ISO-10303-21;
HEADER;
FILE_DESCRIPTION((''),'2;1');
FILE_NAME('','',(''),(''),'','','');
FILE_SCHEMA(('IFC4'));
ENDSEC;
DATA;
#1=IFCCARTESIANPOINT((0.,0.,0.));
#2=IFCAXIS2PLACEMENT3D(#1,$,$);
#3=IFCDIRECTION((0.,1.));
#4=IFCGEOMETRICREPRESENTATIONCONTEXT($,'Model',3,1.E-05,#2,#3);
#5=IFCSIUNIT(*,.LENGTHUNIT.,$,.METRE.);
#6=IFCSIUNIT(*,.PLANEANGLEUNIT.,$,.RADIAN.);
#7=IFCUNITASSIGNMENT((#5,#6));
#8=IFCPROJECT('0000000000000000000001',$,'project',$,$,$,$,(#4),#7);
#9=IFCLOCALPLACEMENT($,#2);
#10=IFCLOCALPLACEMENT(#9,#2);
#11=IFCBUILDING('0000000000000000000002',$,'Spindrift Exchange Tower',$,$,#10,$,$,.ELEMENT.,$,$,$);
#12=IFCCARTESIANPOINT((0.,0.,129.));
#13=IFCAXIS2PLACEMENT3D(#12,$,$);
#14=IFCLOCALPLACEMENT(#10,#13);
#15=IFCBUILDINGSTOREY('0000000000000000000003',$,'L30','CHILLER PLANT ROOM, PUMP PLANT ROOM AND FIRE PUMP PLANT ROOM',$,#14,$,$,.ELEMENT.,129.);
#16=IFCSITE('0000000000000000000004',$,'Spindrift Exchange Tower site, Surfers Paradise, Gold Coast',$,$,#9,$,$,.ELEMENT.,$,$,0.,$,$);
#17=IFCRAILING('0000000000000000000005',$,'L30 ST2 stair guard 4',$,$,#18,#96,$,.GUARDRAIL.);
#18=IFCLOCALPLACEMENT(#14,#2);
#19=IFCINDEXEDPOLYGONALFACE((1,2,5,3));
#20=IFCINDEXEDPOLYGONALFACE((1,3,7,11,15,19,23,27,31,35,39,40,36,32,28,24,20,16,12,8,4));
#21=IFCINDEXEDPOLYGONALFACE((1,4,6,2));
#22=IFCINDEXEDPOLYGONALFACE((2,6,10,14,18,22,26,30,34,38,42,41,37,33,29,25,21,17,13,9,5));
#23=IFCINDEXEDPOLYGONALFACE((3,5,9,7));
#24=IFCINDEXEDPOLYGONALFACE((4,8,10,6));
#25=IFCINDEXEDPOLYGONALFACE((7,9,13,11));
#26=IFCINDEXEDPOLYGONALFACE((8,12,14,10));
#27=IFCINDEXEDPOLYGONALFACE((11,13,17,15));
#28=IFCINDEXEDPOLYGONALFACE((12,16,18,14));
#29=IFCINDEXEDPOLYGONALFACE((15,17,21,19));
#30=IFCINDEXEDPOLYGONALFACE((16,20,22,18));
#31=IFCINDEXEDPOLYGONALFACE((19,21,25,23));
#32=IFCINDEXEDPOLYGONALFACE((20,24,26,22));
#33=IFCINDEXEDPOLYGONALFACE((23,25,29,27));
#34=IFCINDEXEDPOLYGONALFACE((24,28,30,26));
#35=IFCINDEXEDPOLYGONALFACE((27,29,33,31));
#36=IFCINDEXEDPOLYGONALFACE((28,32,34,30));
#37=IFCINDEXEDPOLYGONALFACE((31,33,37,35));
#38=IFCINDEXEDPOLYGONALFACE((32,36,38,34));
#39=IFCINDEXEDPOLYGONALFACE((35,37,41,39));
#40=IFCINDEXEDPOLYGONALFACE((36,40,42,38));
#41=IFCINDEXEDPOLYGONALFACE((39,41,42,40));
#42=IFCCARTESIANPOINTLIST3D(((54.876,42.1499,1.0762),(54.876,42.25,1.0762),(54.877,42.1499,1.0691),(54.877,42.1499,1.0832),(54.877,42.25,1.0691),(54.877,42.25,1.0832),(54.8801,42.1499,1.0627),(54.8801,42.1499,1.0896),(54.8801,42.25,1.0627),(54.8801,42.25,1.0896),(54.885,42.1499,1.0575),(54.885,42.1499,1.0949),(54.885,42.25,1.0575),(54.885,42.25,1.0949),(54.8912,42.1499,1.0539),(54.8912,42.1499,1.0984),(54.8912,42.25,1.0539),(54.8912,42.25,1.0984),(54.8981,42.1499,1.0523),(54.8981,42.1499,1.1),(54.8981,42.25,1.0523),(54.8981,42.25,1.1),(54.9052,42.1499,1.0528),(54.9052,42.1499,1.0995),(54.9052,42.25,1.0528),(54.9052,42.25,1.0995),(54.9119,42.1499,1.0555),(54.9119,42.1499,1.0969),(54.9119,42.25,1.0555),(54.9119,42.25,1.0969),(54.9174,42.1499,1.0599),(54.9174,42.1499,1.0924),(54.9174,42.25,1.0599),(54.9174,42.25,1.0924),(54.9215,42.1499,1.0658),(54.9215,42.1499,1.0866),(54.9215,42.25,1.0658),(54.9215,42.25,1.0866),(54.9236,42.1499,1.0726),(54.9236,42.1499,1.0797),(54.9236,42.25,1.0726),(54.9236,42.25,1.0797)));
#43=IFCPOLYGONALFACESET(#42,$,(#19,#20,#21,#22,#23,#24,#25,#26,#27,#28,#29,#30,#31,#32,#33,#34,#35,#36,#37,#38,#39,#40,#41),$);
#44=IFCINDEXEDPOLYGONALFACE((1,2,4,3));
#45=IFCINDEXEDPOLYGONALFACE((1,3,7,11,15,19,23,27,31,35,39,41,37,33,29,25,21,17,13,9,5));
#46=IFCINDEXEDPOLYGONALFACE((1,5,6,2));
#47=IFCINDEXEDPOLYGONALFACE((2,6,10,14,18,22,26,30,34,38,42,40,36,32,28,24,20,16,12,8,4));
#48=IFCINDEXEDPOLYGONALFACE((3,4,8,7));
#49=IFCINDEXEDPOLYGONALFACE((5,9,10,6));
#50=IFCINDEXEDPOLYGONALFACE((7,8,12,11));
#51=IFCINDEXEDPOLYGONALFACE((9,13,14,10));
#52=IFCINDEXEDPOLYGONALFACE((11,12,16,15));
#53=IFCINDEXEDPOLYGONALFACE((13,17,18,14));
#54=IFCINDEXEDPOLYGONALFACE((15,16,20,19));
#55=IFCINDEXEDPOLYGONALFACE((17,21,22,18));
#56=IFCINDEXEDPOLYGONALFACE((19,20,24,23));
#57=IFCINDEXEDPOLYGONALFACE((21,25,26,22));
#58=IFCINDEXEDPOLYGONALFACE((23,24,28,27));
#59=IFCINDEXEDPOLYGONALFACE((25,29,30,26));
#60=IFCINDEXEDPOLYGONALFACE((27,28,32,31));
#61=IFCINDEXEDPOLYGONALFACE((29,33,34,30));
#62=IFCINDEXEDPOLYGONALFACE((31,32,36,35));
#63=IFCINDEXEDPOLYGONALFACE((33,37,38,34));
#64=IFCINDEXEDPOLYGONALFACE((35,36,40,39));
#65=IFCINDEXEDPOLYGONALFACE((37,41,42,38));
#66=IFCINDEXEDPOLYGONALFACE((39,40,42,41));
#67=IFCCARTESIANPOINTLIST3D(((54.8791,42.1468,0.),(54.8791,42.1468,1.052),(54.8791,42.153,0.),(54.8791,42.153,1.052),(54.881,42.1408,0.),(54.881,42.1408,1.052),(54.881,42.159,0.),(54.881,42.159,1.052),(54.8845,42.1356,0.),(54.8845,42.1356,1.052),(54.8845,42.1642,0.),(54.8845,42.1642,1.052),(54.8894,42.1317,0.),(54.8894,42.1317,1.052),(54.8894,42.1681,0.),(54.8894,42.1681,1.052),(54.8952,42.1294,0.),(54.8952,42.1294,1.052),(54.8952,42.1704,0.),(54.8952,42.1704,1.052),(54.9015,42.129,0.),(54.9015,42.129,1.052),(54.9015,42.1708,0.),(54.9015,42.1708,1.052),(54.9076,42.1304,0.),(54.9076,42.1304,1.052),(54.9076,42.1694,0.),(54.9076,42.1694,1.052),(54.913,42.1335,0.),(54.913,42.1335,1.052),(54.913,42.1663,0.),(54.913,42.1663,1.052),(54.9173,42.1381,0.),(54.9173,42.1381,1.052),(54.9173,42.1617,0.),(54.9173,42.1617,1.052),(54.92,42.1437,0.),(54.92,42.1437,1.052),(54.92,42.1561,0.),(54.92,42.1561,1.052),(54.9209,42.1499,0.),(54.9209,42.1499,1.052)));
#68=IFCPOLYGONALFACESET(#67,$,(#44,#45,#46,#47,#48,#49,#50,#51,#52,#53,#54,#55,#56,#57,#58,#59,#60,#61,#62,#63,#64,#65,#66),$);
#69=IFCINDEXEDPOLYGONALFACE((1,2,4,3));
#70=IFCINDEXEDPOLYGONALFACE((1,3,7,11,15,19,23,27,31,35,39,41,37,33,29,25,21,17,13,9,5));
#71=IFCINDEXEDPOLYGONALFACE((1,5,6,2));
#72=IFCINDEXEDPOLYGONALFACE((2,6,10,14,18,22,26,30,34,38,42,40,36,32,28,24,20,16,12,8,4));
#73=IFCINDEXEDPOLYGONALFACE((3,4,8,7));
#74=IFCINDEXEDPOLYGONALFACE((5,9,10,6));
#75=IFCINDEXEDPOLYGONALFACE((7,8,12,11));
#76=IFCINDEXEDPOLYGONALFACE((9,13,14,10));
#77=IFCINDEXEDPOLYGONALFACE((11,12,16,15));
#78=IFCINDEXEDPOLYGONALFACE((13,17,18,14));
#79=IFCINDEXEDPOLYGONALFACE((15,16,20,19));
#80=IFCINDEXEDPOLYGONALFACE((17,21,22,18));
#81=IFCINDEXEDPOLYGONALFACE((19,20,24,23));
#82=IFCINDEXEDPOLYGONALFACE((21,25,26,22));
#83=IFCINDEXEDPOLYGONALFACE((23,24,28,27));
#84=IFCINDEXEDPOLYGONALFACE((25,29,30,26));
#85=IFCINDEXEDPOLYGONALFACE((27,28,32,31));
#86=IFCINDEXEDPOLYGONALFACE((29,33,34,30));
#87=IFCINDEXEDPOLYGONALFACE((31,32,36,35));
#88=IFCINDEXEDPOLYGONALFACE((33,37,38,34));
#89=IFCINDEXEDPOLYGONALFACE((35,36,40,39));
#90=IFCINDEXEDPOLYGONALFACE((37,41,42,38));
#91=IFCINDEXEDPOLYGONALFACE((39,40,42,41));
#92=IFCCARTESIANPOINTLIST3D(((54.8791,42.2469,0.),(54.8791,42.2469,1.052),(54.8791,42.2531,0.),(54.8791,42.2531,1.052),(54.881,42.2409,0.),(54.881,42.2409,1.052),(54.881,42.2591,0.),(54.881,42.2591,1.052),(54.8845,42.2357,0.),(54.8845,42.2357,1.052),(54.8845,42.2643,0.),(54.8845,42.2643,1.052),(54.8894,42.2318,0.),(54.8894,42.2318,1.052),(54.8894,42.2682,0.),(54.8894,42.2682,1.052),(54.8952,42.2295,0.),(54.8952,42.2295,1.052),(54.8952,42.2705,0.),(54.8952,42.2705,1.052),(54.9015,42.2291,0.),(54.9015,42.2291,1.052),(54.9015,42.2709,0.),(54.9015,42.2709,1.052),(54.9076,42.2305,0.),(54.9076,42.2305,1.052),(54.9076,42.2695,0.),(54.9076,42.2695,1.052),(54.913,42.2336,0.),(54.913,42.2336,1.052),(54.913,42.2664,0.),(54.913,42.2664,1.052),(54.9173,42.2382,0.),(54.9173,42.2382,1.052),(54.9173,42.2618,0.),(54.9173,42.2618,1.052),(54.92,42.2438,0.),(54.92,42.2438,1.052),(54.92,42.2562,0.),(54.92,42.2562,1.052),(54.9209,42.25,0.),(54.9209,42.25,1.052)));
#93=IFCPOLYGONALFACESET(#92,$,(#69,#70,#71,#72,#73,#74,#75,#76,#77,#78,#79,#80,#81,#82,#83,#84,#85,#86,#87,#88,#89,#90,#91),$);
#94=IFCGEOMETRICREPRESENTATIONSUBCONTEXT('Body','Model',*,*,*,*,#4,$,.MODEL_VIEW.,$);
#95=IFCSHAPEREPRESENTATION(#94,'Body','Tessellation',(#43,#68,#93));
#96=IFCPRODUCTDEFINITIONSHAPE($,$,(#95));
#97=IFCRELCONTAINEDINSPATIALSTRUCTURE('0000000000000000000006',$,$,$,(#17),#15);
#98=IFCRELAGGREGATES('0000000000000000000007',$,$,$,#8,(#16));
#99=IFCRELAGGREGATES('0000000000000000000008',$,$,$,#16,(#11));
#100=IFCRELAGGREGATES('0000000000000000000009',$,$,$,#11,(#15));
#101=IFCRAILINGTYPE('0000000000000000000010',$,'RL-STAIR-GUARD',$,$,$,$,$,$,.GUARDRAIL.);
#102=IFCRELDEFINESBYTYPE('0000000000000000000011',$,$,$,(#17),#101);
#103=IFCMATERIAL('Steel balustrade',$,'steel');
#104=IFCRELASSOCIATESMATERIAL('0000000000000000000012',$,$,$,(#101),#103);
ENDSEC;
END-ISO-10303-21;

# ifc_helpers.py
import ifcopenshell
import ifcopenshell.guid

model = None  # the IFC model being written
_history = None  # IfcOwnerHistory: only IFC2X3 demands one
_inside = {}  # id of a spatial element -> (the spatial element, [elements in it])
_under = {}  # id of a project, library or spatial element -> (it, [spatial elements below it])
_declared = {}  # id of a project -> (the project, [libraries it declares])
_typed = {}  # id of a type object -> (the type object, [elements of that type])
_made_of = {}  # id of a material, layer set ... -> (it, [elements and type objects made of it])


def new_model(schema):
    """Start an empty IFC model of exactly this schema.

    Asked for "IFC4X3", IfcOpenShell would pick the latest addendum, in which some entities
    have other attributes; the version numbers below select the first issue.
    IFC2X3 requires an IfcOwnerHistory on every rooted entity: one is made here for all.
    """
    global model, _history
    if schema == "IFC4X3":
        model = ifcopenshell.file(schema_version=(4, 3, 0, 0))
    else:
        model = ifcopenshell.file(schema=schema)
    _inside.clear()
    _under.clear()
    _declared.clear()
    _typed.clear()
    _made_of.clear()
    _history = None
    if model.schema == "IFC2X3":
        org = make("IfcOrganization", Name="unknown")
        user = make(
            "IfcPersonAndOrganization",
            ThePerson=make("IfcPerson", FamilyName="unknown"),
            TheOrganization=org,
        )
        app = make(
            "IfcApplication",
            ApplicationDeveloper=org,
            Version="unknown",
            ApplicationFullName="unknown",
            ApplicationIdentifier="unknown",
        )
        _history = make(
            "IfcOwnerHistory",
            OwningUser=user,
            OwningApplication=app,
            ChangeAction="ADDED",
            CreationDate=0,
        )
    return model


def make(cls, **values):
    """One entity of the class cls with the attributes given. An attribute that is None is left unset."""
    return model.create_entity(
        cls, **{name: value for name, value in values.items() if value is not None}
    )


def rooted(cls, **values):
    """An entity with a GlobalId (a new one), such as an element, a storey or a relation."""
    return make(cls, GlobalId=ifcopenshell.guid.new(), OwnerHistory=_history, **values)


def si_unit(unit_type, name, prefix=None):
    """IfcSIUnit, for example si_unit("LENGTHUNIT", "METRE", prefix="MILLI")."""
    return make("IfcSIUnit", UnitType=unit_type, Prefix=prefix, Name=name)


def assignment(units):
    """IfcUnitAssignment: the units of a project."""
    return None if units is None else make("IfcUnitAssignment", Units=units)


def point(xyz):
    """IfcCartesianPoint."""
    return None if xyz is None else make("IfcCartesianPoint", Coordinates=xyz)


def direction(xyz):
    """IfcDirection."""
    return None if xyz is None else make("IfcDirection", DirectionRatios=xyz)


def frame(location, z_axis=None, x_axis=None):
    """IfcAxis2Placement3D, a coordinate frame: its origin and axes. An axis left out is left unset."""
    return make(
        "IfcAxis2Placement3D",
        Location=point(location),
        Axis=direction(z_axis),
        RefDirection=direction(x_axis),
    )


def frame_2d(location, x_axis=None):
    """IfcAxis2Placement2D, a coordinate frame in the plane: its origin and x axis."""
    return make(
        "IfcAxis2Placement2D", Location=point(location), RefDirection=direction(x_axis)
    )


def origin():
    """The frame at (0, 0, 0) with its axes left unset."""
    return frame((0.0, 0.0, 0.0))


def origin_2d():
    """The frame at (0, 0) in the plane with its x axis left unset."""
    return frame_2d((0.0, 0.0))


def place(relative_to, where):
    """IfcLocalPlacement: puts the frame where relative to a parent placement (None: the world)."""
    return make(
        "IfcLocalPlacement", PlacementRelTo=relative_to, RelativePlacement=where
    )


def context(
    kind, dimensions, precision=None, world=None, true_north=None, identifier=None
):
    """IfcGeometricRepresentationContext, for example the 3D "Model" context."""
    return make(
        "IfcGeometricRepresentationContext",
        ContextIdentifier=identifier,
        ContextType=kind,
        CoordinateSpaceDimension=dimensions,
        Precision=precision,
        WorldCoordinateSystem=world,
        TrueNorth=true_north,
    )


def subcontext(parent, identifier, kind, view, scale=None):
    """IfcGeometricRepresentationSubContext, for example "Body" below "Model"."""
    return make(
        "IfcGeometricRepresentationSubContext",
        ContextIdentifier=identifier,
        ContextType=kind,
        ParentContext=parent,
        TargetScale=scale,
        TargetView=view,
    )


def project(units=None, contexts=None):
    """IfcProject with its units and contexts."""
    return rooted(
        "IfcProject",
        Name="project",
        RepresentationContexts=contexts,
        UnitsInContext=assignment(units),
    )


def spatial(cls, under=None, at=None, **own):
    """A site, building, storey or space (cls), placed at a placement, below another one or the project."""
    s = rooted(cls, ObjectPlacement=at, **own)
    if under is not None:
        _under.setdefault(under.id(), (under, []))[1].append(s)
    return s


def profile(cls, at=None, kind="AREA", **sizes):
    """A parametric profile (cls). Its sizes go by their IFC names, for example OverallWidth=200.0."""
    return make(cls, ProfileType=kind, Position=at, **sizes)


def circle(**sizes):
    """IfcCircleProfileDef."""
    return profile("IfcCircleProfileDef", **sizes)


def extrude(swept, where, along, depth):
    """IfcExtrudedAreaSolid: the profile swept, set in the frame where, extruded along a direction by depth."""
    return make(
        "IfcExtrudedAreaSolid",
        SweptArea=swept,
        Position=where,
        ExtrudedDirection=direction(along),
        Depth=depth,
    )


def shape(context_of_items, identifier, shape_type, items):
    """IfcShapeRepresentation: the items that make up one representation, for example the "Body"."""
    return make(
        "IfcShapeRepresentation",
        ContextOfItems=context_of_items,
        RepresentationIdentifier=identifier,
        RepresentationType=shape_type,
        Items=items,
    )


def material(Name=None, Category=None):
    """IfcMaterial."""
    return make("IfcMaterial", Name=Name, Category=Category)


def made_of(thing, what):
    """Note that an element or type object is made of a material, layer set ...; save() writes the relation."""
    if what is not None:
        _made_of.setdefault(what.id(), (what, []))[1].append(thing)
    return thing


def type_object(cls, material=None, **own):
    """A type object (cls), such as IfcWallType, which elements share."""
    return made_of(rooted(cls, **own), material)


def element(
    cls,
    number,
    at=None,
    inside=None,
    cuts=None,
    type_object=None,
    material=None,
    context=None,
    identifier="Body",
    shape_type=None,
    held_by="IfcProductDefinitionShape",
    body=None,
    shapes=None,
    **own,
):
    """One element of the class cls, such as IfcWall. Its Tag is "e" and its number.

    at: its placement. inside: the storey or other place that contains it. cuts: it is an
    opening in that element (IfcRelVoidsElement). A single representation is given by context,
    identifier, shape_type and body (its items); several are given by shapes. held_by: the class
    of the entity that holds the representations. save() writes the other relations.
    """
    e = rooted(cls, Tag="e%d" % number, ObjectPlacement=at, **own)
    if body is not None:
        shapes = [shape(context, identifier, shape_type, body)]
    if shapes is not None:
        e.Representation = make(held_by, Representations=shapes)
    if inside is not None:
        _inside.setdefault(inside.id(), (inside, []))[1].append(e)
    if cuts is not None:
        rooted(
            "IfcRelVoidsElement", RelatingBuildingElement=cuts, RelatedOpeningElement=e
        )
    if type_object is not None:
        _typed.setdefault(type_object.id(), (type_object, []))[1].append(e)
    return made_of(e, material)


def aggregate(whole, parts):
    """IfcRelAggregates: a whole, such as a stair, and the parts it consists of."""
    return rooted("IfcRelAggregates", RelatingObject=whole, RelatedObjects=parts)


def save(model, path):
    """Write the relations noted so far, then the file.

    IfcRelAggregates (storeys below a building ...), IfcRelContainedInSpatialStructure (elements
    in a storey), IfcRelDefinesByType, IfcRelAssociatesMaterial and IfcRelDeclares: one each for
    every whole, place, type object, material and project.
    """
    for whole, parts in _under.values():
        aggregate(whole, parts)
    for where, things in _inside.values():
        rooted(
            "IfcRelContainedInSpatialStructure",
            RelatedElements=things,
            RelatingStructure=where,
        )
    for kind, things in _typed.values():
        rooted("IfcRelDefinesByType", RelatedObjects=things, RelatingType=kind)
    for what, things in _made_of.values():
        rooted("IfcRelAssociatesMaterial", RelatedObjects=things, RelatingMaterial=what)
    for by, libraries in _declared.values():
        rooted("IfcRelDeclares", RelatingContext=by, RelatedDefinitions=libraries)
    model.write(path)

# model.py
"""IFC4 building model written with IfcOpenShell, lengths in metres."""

from ifc_helpers import new_model, si_unit, direction, frame, origin, origin_2d, place, context, subcontext, project, spatial, circle, extrude, material, type_object, element, save


model = new_model("IFC4")

# Units and contexts
model_context = context("Model", 3, precision=1e-05, world=origin(), true_north=direction((0.0, 1.0)))
body_context = subcontext(model_context, "Body", "Model", "MODEL_VIEW")
ifc_project = project(units=[si_unit("LENGTHUNIT", "METRE"), si_unit("PLANEANGLEUNIT", "RADIAN")], contexts=[model_context])

# Site, building, storey
site_placement = place(None, origin())
site = spatial("IfcSite", under=ifc_project, at=site_placement, Name="Spindrift Exchange Tower site, Surfers Paradise, Gold Coast", CompositionType="ELEMENT", RefElevation=0.0)
building_placement = place(site_placement, origin())
building = spatial("IfcBuilding", under=site, at=building_placement, Name="Spindrift Exchange Tower", CompositionType="ELEMENT")
storey_placement = place(building_placement, frame((0.0, 0.0, 129.0)))
storey = spatial("IfcBuildingStorey", under=building, at=storey_placement, Name="L30", Description="CHILLER PLANT ROOM, PUMP PLANT ROOM AND FIRE PUMP PLANT ROOM", CompositionType="ELEMENT", Elevation=129.0)

# Railing
ifc_material_1 = material(Name="Steel balustrade", Category="steel")
railing_type_1 = type_object("IfcRailingType", Name="RL-STAIR-GUARD", PredefinedType="GUARDRAIL", material=ifc_material_1)
railing_1_placement = place(storey_placement, frame((54.8999, 42.1499, 0.0)))
element("IfcRailing", 1, at=railing_1_placement, inside=storey, type_object=railing_type_1, Name="L30 ST2 stair guard 4", PredefinedType="GUARDRAIL", context=body_context, shape_type="SweptSolid", body=[
    extrude(circle(Radius=0.0239, at=origin_2d()), frame((0.0, 0.0, 1.0762), z_axis=(0.0, 1.0, 0.0), x_axis=(-1.0, 0.0, 0.0)), (0.0, 0.0, 1.0), 0.1001),
    extrude(circle(Radius=0.021, at=origin_2d()), origin(), (0.0, 0.0, 1.0), 1.052),
    extrude(circle(Radius=0.021, at=origin_2d()), frame((0.0, 0.1001, 0.0)), (0.0, 0.0, 1.0), 1.052),
])

save(model, "model.ifc")
